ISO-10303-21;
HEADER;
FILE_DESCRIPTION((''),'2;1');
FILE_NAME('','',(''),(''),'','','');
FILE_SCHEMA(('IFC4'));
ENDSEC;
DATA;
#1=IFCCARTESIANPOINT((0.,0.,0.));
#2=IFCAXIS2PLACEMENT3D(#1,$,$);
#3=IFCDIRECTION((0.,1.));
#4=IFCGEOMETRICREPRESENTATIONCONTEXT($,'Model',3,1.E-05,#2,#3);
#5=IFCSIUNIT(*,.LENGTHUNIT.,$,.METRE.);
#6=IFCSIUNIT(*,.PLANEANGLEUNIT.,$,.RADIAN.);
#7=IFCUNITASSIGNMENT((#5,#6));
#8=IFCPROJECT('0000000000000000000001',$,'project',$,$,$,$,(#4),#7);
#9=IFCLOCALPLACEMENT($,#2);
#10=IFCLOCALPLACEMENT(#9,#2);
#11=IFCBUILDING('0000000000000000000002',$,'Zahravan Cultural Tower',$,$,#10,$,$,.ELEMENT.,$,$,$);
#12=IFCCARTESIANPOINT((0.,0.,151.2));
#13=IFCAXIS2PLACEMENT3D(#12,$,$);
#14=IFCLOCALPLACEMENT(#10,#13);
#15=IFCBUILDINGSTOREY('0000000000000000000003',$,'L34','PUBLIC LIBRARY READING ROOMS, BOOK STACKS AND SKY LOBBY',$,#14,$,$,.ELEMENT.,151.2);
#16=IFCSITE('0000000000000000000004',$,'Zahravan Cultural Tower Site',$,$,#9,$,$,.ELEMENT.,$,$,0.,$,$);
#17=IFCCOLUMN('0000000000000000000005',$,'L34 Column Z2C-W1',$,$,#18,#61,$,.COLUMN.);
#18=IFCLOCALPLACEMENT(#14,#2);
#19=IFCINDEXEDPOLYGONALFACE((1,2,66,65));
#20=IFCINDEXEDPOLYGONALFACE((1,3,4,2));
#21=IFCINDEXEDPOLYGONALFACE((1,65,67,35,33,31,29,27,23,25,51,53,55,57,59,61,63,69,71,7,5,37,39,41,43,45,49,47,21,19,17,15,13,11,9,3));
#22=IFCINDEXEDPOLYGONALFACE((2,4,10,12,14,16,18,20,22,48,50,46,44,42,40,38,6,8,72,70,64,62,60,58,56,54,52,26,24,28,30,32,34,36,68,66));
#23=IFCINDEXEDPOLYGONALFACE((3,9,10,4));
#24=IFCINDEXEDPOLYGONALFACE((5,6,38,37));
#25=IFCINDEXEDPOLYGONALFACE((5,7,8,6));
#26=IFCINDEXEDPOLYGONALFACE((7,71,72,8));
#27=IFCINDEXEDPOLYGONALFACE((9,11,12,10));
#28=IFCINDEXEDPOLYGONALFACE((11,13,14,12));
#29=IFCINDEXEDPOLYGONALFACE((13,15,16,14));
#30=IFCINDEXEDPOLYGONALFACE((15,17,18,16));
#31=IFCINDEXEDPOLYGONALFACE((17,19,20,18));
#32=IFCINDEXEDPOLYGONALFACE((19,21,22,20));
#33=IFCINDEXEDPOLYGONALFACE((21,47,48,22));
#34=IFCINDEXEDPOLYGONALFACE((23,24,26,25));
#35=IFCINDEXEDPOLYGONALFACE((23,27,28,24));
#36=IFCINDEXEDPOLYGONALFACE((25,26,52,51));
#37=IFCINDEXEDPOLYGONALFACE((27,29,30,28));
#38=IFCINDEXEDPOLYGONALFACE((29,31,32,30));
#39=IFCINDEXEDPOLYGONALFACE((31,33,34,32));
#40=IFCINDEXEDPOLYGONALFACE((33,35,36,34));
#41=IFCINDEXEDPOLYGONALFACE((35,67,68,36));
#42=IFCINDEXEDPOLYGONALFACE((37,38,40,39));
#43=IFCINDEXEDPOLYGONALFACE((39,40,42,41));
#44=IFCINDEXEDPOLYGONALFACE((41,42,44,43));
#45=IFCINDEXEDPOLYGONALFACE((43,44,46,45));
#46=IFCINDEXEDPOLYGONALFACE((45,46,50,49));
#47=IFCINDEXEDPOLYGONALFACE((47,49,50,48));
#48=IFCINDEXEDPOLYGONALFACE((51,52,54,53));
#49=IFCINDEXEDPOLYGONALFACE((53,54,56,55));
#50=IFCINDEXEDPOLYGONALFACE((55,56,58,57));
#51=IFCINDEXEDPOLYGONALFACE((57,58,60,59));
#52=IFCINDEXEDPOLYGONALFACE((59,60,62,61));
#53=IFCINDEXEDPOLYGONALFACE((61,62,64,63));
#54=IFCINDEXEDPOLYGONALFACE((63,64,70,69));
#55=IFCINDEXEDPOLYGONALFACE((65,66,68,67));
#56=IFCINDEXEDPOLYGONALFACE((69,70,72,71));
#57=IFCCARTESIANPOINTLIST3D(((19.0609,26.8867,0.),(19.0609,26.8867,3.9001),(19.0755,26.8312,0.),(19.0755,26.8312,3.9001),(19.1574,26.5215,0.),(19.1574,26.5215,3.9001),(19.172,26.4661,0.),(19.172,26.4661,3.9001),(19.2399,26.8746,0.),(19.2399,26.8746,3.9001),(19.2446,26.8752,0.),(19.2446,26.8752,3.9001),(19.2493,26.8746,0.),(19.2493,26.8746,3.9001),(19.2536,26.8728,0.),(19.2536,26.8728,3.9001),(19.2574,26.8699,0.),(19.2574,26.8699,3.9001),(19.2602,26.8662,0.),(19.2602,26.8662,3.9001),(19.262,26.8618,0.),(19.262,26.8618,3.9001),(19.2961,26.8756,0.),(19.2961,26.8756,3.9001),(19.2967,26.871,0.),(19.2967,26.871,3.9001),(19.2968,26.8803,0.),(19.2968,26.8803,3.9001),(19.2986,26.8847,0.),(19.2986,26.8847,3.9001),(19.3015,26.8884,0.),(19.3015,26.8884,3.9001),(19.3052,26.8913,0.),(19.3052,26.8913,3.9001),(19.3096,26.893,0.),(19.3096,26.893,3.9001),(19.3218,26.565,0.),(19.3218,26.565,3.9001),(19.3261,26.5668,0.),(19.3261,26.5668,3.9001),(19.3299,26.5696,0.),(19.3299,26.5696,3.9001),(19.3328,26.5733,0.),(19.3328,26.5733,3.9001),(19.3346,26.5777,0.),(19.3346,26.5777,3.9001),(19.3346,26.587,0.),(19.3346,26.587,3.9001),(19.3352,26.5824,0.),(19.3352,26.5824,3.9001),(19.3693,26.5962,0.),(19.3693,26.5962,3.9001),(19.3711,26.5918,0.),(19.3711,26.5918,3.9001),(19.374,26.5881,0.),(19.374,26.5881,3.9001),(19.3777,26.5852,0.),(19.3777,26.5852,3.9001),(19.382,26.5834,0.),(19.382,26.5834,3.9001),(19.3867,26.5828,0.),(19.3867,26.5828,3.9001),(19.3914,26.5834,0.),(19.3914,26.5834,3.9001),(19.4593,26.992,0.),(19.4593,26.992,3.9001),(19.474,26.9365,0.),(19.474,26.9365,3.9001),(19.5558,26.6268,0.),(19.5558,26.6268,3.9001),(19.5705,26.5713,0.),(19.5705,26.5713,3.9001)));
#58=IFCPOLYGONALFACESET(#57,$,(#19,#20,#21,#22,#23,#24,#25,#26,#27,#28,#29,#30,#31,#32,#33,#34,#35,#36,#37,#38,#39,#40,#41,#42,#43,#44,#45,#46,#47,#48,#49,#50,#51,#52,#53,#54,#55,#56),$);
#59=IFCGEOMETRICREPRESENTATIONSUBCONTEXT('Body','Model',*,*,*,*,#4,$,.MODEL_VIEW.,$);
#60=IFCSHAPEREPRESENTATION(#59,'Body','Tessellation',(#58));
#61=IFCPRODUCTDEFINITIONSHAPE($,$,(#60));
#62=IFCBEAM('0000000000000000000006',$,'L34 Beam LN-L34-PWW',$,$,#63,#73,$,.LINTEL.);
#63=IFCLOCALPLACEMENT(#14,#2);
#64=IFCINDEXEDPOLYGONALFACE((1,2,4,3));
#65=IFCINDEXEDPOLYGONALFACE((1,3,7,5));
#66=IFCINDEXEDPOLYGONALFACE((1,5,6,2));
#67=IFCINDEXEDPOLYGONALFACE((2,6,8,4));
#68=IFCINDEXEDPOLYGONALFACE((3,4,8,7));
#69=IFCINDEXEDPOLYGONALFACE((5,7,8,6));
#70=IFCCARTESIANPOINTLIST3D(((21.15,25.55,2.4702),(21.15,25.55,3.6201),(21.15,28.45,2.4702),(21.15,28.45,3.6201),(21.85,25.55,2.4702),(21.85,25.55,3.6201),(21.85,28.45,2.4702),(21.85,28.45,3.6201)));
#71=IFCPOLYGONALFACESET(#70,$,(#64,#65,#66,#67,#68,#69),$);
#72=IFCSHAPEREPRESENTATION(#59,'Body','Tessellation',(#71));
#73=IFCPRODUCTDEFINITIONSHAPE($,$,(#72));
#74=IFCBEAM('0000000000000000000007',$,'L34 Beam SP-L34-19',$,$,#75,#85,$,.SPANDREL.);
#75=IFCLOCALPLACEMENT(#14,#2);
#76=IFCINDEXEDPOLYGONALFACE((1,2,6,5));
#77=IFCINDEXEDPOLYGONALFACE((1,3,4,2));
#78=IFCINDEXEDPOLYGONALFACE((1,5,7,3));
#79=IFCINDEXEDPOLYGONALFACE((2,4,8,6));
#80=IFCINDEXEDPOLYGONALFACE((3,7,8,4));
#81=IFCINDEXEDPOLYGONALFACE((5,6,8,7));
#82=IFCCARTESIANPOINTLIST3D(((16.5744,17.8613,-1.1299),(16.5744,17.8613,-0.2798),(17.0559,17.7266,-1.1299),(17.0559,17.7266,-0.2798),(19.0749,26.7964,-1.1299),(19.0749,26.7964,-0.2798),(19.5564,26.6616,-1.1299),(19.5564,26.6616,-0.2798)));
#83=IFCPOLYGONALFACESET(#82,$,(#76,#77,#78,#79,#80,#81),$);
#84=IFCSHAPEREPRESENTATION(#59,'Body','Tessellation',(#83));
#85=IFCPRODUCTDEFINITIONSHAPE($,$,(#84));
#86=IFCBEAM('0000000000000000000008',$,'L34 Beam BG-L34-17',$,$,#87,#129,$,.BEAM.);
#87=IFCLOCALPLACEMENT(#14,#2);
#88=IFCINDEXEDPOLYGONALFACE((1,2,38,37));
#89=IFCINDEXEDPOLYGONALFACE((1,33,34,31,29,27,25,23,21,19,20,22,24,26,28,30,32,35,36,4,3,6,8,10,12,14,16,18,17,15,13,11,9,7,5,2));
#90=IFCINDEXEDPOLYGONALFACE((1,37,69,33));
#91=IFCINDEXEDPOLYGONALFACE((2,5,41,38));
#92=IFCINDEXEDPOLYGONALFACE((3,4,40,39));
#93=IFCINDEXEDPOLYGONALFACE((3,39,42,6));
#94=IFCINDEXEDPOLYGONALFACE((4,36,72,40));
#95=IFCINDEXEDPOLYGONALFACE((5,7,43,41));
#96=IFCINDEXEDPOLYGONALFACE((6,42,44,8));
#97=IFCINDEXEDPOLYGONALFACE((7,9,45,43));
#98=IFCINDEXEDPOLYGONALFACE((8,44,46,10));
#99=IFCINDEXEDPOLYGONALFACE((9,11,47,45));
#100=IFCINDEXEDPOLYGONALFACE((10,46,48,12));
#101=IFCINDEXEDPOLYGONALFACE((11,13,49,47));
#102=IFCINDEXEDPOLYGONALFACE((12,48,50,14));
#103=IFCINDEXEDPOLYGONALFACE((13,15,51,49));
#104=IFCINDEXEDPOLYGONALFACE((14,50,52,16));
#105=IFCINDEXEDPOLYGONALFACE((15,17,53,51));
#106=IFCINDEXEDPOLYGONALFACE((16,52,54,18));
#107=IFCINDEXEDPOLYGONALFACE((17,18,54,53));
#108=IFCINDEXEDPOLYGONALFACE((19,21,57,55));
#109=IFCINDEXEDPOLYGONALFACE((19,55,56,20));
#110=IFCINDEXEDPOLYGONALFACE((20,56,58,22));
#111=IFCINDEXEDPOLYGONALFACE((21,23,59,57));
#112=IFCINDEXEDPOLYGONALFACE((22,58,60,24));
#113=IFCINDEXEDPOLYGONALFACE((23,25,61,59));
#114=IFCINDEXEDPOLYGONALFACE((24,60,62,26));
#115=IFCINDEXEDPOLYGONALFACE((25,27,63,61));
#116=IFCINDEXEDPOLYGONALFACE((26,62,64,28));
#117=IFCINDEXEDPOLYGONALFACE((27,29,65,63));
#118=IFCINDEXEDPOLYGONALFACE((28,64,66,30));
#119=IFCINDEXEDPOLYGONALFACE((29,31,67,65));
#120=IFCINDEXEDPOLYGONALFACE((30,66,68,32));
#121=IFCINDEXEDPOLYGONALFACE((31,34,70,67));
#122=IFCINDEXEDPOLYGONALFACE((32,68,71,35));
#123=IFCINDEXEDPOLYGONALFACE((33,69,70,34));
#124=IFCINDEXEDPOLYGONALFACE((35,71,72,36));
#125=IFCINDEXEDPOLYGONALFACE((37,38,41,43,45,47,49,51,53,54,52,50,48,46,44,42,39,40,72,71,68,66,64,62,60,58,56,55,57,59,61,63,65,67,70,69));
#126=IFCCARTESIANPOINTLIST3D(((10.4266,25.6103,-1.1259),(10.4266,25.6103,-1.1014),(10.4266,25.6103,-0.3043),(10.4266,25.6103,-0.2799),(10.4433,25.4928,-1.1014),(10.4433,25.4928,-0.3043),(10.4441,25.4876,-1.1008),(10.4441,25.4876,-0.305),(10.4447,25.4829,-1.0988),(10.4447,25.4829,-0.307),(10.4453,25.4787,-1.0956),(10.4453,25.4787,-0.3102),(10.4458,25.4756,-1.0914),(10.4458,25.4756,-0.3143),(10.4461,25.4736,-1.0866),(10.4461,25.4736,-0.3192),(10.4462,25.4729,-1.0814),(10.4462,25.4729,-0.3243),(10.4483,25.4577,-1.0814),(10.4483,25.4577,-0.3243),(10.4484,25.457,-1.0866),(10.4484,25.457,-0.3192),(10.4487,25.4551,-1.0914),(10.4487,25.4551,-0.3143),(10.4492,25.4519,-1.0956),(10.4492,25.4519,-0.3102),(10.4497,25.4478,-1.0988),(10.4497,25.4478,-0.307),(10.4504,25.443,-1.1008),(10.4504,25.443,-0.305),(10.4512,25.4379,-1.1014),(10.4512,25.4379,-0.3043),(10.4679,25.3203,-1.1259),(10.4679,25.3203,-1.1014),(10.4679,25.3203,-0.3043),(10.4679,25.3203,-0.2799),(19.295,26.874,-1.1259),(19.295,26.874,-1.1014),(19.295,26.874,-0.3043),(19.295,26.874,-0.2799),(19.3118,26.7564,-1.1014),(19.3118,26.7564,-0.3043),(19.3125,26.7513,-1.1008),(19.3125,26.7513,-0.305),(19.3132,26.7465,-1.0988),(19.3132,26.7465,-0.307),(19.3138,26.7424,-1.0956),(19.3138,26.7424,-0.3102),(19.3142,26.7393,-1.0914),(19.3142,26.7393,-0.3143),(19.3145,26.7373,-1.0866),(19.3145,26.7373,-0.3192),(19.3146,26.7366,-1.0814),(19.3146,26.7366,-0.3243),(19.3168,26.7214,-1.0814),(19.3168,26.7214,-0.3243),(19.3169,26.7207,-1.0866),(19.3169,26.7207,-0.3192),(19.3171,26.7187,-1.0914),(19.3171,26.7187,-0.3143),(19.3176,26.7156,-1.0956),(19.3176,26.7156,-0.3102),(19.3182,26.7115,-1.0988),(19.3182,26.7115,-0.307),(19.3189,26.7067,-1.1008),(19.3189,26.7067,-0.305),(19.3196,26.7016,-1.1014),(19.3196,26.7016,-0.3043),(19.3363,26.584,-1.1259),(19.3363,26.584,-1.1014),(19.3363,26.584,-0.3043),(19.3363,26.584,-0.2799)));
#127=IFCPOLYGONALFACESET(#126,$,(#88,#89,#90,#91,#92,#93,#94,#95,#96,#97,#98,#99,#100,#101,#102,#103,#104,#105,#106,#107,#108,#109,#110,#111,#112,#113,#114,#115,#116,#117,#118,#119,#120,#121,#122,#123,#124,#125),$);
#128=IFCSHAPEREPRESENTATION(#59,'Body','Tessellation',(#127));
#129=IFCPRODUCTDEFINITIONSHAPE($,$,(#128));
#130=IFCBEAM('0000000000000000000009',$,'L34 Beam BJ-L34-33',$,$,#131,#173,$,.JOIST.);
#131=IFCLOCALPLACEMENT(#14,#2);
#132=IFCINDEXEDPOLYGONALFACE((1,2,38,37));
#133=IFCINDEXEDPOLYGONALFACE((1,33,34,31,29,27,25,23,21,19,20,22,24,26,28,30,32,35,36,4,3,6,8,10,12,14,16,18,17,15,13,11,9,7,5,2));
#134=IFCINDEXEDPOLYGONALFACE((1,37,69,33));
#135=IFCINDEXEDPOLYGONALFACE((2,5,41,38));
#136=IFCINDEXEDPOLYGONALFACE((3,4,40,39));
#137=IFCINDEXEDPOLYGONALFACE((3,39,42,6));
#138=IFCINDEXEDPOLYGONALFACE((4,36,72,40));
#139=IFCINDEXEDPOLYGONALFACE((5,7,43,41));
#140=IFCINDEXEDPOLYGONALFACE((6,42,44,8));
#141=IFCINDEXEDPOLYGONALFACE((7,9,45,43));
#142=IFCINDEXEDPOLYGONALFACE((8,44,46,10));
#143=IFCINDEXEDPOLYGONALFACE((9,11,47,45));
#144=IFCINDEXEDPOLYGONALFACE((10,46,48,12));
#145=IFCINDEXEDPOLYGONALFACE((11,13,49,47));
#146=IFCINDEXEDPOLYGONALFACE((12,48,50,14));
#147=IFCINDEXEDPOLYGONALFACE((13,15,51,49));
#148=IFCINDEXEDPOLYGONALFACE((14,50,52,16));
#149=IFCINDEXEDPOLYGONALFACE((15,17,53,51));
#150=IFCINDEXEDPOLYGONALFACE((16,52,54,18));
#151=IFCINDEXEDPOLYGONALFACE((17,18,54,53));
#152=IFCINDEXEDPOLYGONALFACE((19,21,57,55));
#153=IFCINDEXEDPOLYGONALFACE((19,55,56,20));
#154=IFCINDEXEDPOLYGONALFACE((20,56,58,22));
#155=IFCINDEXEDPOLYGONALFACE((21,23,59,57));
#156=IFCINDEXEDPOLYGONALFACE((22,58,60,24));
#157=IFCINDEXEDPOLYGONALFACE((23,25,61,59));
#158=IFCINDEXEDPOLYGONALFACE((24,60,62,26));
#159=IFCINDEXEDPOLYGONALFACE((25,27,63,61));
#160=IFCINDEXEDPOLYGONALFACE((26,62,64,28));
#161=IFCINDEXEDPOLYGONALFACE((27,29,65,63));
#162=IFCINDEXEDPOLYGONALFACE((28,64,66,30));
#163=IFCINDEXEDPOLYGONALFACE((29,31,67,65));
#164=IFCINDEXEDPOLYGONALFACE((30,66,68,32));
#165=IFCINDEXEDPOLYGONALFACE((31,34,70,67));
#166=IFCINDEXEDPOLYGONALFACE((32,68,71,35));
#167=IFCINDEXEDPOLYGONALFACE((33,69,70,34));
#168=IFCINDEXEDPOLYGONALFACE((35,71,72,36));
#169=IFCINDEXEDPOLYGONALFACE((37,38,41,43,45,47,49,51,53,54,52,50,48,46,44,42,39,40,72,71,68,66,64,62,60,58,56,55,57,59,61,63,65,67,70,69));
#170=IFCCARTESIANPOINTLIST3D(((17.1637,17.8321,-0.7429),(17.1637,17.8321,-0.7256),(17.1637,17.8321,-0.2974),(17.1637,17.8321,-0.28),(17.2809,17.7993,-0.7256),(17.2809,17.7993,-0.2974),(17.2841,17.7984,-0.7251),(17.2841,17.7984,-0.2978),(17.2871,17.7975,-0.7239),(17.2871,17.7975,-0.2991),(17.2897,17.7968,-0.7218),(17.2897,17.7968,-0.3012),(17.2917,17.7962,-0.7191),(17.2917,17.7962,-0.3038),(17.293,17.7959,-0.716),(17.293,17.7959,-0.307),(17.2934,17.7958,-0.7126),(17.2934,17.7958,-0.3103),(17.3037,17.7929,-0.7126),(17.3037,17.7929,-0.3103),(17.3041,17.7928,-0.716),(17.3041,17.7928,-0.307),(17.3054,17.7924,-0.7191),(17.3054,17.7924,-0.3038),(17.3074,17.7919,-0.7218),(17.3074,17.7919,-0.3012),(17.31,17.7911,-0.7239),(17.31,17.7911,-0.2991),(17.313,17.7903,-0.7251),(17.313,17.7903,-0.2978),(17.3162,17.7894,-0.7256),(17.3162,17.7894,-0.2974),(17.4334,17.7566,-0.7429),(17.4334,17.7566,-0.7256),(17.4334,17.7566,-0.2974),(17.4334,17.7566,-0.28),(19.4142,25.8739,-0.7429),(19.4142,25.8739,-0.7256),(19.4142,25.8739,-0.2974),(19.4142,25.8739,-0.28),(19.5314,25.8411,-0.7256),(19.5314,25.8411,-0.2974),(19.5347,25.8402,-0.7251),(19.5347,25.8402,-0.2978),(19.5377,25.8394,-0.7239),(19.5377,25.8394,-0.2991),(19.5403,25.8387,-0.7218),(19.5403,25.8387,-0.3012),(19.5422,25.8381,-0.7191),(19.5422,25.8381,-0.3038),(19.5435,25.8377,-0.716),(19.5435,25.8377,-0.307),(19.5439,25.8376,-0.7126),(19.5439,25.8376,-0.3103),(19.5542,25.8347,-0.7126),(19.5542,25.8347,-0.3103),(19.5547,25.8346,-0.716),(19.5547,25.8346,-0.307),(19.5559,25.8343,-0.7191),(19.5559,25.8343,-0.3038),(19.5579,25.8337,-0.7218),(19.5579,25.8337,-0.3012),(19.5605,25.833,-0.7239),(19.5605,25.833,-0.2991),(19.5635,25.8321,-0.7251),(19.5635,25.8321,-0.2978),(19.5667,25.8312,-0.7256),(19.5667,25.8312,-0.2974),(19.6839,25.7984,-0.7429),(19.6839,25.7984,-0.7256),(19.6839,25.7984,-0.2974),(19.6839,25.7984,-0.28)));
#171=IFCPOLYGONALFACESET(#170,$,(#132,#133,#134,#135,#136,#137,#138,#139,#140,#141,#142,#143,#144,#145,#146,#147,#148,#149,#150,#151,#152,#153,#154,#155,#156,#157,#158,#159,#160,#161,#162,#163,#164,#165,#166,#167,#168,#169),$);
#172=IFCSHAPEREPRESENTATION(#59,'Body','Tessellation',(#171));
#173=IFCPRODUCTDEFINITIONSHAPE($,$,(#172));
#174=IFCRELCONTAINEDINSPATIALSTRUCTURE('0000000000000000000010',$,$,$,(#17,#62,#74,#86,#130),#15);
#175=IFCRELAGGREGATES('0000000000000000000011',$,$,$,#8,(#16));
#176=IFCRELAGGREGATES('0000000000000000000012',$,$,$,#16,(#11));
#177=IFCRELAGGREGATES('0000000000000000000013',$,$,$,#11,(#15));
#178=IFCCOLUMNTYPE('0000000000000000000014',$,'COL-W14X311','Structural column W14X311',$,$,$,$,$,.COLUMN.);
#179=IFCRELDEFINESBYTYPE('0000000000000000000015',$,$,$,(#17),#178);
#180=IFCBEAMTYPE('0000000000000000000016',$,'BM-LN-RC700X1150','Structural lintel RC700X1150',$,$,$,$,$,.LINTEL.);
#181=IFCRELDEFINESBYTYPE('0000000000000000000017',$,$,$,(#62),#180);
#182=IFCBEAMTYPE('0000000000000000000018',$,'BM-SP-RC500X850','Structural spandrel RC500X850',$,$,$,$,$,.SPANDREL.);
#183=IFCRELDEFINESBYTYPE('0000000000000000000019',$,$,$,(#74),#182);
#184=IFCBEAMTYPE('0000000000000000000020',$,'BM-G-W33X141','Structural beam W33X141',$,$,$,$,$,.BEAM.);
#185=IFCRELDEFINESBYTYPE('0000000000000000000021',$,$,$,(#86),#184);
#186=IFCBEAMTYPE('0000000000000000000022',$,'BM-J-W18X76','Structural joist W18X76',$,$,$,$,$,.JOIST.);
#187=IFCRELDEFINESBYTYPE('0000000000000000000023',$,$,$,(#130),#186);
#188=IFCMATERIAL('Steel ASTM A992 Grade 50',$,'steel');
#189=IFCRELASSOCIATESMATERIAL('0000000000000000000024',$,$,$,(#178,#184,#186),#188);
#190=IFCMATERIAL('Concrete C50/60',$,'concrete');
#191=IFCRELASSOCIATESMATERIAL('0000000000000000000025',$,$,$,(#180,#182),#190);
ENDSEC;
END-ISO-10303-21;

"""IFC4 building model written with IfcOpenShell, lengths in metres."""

from ifc_helpers import new_model, si_unit, direction, frame, origin, origin_2d, place, context, subcontext, project, spatial, rectangle, i_section, extrude, source, transform, mapped, material, material_profile, profile_set, type_object, element, save


model = new_model("IFC4")

# Units and contexts
model_context = context("Model", 3, precision=1e-05, world=origin(), true_north=direction((0.0, 1.0)))
body_context = subcontext(model_context, "Body", "Model", "MODEL_VIEW")
ifc_project = project(units=[si_unit("LENGTHUNIT", "METRE"), si_unit("PLANEANGLEUNIT", "RADIAN")], contexts=[model_context])

# Site, building, storey
site_placement = place(None, origin())
site = spatial("IfcSite", under=ifc_project, at=site_placement, Name="Zahravan Cultural Tower Site", CompositionType="ELEMENT", RefElevation=0.0)
building_placement = place(site_placement, origin())
building = spatial("IfcBuilding", under=site, at=building_placement, Name="Zahravan Cultural Tower", CompositionType="ELEMENT")
storey_placement = place(building_placement, frame((0.0, 0.0, 151.2)))
storey = spatial("IfcBuildingStorey", under=building, at=storey_placement, Name="L34", Description="PUBLIC LIBRARY READING ROOMS, BOOK STACKS AND SKY LOBBY", CompositionType="ELEMENT", Elevation=151.2)

# Column
ifc_material_1 = material(Name="Steel ASTM A992 Grade 50", Category="steel")
ifc_material_profile_1 = material_profile(ifc_material_1, i_section(OverallWidth=0.4121, OverallDepth=0.4351, WebThickness=0.0359, FlangeThickness=0.0574, FilletRadius=0.0181, at=origin_2d()), Name="W14X311")
ifc_profile_set_1 = profile_set([ifc_material_profile_1], Name="Steel ASTM A992 Grade 50")
column_type = type_object("IfcColumnType", Name="COL-W14X311", Description="Structural column W14X311", PredefinedType="COLUMN", material=ifc_profile_set_1)
shared_shape_1 = source(origin(), body_context, "Body", "SweptSolid", [
    extrude(i_section(OverallWidth=0.4121, OverallDepth=0.4351, WebThickness=0.0359, FlangeThickness=0.0574, FilletRadius=0.0181, at=origin_2d()), origin(), (0.0, 0.0, 1.0), 3.9001),
])
column_placement = place(storey_placement, frame((19.3157, 26.729, 0.0), z_axis=(0.0, 0.0, 1.0), x_axis=(0.966823, 0.255446, 0.0)))
element("IfcColumn", 1, at=column_placement, inside=storey, type_object=column_type, Name="L34 Column Z2C-W1", PredefinedType="COLUMN", context=body_context, shape_type="MappedRepresentation", body=[
    mapped(shared_shape_1, transform((0.0, 0.0, 0.0), x_axis=(1.0, 0.0, 0.0), y_axis=(0.0, 1.0, 0.0), z_axis=(0.0, 0.0, 1.0), scale=1.0)),
])

# Beams
ifc_material_2 = material(Name="Concrete C50/60", Category="concrete")
ifc_material_profile_2 = material_profile(ifc_material_2, rectangle(XDim=0.7, YDim=1.1499, at=origin_2d()), Name="RC700X1150")
ifc_profile_set_2 = profile_set([ifc_material_profile_2], Name="Concrete C50/60")
beam_type_1 = type_object("IfcBeamType", Name="BM-LN-RC700X1150", Description="Structural lintel RC700X1150", PredefinedType="LINTEL", material=ifc_profile_set_2)
shared_shape_2 = source(origin(), body_context, "Body", "SweptSolid", [
    extrude(rectangle(XDim=0.7, YDim=1.1499, at=origin_2d()), origin(), (0.0, 0.0, 1.0), 2.8999),
])
beam_1_placement = place(storey_placement, frame((21.5, 25.55, 3.0452), z_axis=(0.0, 1.0, 0.0), x_axis=(-1.0, 0.0, 0.0)))
element("IfcBeam", 2, at=beam_1_placement, inside=storey, type_object=beam_type_1, Name="L34 Beam LN-L34-PWW", PredefinedType="LINTEL", context=body_context, shape_type="MappedRepresentation", body=[
    mapped(shared_shape_2, transform((0.0, 0.0, 0.0), x_axis=(1.0, 0.0, 0.0), y_axis=(0.0, 1.0, 0.0), z_axis=(0.0, 0.0, 1.0), scale=1.0)),
])
ifc_material_profile_3 = material_profile(ifc_material_2, rectangle(XDim=0.5, YDim=0.8501, at=origin_2d()), Name="RC500X850")
ifc_profile_set_3 = profile_set([ifc_material_profile_3], Name="Concrete C50/60")
beam_type_2 = type_object("IfcBeamType", Name="BM-SP-RC500X850", Description="Structural spandrel RC500X850", PredefinedType="SPANDREL", material=ifc_profile_set_3)
shared_shape_3 = source(origin(), body_context, "Body", "SweptSolid", [
    extrude(rectangle(XDim=0.5, YDim=0.8501, at=origin_2d()), origin(), (0.0, 0.0, 1.0), 9.2783),
])
beam_2_placement = place(storey_placement, frame((19.3157, 26.729, -0.7048), z_axis=(-0.269497, -0.963001, 0.0), x_axis=(0.963001, -0.269497, 0.0)))
element("IfcBeam", 3, at=beam_2_placement, inside=storey, type_object=beam_type_2, Name="L34 Beam SP-L34-19", PredefinedType="SPANDREL", context=body_context, shape_type="MappedRepresentation", body=[
    mapped(shared_shape_3, transform((0.0, 0.0, 0.0), x_axis=(1.0, 0.0, 0.0), y_axis=(0.0, 1.0, 0.0), z_axis=(0.0, 0.0, 1.0), scale=1.0)),
])
ifc_material_profile_4 = material_profile(ifc_material_1, i_section(OverallWidth=0.293, OverallDepth=0.8459, WebThickness=0.0154, FlangeThickness=0.0244, FilletRadius=0.02, at=origin_2d()), Name="W33X141")
ifc_profile_set_4 = profile_set([ifc_material_profile_4], Name="Steel ASTM A992 Grade 50")
beam_type_3 = type_object("IfcBeamType", Name="BM-G-W33X141", Description="Structural beam W33X141", PredefinedType="BEAM", material=ifc_profile_set_4)
shared_shape_4 = source(origin(), body_context, "Body", "SweptSolid", [
    extrude(i_section(OverallWidth=0.293, OverallDepth=0.8459, WebThickness=0.0154, FlangeThickness=0.0244, FilletRadius=0.02, at=origin_2d()), origin(), (0.0, 0.0, 1.0), 8.958),
])
beam_3_placement = place(storey_placement, frame((19.3157, 26.729, -0.7029), z_axis=(-0.99, -0.141067, 0.0), x_axis=(0.141067, -0.99, 0.0)))
element("IfcBeam", 4, at=beam_3_placement, inside=storey, type_object=beam_type_3, Name="L34 Beam BG-L34-17", PredefinedType="BEAM", context=body_context, shape_type="MappedRepresentation", body=[
    mapped(shared_shape_4, transform((0.0, 0.0, 0.0), x_axis=(1.0, 0.0, 0.0), y_axis=(0.0, 1.0, 0.0), z_axis=(0.0, 0.0, 1.0), scale=1.0)),
])
ifc_material_profile_5 = material_profile(ifc_material_1, i_section(OverallWidth=0.28, OverallDepth=0.4629, WebThickness=0.0107, FlangeThickness=0.0173, FilletRadius=0.0129, at=origin_2d()), Name="W18X76")
ifc_profile_set_5 = profile_set([ifc_material_profile_5], Name="Steel ASTM A992 Grade 50")
beam_type_4 = type_object("IfcBeamType", Name="BM-J-W18X76", Description="Structural joist W18X76", PredefinedType="JOIST", material=ifc_profile_set_5)
shared_shape_5 = source(origin(), body_context, "Body", "SweptSolid", [
    extrude(i_section(OverallWidth=0.28, OverallDepth=0.4629, WebThickness=0.0107, FlangeThickness=0.0173, FilletRadius=0.0129, at=origin_2d()), origin(), (0.0, 0.0, 1.0), 8.3508),
])
beam_4_placement = place(storey_placement, frame((19.5491, 25.8362, -0.5115), z_axis=(-0.269497, -0.963001, 0.0), x_axis=(0.963001, -0.269497, 0.0)))
element("IfcBeam", 5, at=beam_4_placement, inside=storey, type_object=beam_type_4, Name="L34 Beam BJ-L34-33", PredefinedType="JOIST", context=body_context, shape_type="MappedRepresentation", body=[
    mapped(shared_shape_5, transform((0.0, 0.0, 0.0), x_axis=(1.0, 0.0, 0.0), y_axis=(0.0, 1.0, 0.0), z_axis=(0.0, 0.0, 1.0), scale=1.0)),
])

save(model, "model.ifc")
